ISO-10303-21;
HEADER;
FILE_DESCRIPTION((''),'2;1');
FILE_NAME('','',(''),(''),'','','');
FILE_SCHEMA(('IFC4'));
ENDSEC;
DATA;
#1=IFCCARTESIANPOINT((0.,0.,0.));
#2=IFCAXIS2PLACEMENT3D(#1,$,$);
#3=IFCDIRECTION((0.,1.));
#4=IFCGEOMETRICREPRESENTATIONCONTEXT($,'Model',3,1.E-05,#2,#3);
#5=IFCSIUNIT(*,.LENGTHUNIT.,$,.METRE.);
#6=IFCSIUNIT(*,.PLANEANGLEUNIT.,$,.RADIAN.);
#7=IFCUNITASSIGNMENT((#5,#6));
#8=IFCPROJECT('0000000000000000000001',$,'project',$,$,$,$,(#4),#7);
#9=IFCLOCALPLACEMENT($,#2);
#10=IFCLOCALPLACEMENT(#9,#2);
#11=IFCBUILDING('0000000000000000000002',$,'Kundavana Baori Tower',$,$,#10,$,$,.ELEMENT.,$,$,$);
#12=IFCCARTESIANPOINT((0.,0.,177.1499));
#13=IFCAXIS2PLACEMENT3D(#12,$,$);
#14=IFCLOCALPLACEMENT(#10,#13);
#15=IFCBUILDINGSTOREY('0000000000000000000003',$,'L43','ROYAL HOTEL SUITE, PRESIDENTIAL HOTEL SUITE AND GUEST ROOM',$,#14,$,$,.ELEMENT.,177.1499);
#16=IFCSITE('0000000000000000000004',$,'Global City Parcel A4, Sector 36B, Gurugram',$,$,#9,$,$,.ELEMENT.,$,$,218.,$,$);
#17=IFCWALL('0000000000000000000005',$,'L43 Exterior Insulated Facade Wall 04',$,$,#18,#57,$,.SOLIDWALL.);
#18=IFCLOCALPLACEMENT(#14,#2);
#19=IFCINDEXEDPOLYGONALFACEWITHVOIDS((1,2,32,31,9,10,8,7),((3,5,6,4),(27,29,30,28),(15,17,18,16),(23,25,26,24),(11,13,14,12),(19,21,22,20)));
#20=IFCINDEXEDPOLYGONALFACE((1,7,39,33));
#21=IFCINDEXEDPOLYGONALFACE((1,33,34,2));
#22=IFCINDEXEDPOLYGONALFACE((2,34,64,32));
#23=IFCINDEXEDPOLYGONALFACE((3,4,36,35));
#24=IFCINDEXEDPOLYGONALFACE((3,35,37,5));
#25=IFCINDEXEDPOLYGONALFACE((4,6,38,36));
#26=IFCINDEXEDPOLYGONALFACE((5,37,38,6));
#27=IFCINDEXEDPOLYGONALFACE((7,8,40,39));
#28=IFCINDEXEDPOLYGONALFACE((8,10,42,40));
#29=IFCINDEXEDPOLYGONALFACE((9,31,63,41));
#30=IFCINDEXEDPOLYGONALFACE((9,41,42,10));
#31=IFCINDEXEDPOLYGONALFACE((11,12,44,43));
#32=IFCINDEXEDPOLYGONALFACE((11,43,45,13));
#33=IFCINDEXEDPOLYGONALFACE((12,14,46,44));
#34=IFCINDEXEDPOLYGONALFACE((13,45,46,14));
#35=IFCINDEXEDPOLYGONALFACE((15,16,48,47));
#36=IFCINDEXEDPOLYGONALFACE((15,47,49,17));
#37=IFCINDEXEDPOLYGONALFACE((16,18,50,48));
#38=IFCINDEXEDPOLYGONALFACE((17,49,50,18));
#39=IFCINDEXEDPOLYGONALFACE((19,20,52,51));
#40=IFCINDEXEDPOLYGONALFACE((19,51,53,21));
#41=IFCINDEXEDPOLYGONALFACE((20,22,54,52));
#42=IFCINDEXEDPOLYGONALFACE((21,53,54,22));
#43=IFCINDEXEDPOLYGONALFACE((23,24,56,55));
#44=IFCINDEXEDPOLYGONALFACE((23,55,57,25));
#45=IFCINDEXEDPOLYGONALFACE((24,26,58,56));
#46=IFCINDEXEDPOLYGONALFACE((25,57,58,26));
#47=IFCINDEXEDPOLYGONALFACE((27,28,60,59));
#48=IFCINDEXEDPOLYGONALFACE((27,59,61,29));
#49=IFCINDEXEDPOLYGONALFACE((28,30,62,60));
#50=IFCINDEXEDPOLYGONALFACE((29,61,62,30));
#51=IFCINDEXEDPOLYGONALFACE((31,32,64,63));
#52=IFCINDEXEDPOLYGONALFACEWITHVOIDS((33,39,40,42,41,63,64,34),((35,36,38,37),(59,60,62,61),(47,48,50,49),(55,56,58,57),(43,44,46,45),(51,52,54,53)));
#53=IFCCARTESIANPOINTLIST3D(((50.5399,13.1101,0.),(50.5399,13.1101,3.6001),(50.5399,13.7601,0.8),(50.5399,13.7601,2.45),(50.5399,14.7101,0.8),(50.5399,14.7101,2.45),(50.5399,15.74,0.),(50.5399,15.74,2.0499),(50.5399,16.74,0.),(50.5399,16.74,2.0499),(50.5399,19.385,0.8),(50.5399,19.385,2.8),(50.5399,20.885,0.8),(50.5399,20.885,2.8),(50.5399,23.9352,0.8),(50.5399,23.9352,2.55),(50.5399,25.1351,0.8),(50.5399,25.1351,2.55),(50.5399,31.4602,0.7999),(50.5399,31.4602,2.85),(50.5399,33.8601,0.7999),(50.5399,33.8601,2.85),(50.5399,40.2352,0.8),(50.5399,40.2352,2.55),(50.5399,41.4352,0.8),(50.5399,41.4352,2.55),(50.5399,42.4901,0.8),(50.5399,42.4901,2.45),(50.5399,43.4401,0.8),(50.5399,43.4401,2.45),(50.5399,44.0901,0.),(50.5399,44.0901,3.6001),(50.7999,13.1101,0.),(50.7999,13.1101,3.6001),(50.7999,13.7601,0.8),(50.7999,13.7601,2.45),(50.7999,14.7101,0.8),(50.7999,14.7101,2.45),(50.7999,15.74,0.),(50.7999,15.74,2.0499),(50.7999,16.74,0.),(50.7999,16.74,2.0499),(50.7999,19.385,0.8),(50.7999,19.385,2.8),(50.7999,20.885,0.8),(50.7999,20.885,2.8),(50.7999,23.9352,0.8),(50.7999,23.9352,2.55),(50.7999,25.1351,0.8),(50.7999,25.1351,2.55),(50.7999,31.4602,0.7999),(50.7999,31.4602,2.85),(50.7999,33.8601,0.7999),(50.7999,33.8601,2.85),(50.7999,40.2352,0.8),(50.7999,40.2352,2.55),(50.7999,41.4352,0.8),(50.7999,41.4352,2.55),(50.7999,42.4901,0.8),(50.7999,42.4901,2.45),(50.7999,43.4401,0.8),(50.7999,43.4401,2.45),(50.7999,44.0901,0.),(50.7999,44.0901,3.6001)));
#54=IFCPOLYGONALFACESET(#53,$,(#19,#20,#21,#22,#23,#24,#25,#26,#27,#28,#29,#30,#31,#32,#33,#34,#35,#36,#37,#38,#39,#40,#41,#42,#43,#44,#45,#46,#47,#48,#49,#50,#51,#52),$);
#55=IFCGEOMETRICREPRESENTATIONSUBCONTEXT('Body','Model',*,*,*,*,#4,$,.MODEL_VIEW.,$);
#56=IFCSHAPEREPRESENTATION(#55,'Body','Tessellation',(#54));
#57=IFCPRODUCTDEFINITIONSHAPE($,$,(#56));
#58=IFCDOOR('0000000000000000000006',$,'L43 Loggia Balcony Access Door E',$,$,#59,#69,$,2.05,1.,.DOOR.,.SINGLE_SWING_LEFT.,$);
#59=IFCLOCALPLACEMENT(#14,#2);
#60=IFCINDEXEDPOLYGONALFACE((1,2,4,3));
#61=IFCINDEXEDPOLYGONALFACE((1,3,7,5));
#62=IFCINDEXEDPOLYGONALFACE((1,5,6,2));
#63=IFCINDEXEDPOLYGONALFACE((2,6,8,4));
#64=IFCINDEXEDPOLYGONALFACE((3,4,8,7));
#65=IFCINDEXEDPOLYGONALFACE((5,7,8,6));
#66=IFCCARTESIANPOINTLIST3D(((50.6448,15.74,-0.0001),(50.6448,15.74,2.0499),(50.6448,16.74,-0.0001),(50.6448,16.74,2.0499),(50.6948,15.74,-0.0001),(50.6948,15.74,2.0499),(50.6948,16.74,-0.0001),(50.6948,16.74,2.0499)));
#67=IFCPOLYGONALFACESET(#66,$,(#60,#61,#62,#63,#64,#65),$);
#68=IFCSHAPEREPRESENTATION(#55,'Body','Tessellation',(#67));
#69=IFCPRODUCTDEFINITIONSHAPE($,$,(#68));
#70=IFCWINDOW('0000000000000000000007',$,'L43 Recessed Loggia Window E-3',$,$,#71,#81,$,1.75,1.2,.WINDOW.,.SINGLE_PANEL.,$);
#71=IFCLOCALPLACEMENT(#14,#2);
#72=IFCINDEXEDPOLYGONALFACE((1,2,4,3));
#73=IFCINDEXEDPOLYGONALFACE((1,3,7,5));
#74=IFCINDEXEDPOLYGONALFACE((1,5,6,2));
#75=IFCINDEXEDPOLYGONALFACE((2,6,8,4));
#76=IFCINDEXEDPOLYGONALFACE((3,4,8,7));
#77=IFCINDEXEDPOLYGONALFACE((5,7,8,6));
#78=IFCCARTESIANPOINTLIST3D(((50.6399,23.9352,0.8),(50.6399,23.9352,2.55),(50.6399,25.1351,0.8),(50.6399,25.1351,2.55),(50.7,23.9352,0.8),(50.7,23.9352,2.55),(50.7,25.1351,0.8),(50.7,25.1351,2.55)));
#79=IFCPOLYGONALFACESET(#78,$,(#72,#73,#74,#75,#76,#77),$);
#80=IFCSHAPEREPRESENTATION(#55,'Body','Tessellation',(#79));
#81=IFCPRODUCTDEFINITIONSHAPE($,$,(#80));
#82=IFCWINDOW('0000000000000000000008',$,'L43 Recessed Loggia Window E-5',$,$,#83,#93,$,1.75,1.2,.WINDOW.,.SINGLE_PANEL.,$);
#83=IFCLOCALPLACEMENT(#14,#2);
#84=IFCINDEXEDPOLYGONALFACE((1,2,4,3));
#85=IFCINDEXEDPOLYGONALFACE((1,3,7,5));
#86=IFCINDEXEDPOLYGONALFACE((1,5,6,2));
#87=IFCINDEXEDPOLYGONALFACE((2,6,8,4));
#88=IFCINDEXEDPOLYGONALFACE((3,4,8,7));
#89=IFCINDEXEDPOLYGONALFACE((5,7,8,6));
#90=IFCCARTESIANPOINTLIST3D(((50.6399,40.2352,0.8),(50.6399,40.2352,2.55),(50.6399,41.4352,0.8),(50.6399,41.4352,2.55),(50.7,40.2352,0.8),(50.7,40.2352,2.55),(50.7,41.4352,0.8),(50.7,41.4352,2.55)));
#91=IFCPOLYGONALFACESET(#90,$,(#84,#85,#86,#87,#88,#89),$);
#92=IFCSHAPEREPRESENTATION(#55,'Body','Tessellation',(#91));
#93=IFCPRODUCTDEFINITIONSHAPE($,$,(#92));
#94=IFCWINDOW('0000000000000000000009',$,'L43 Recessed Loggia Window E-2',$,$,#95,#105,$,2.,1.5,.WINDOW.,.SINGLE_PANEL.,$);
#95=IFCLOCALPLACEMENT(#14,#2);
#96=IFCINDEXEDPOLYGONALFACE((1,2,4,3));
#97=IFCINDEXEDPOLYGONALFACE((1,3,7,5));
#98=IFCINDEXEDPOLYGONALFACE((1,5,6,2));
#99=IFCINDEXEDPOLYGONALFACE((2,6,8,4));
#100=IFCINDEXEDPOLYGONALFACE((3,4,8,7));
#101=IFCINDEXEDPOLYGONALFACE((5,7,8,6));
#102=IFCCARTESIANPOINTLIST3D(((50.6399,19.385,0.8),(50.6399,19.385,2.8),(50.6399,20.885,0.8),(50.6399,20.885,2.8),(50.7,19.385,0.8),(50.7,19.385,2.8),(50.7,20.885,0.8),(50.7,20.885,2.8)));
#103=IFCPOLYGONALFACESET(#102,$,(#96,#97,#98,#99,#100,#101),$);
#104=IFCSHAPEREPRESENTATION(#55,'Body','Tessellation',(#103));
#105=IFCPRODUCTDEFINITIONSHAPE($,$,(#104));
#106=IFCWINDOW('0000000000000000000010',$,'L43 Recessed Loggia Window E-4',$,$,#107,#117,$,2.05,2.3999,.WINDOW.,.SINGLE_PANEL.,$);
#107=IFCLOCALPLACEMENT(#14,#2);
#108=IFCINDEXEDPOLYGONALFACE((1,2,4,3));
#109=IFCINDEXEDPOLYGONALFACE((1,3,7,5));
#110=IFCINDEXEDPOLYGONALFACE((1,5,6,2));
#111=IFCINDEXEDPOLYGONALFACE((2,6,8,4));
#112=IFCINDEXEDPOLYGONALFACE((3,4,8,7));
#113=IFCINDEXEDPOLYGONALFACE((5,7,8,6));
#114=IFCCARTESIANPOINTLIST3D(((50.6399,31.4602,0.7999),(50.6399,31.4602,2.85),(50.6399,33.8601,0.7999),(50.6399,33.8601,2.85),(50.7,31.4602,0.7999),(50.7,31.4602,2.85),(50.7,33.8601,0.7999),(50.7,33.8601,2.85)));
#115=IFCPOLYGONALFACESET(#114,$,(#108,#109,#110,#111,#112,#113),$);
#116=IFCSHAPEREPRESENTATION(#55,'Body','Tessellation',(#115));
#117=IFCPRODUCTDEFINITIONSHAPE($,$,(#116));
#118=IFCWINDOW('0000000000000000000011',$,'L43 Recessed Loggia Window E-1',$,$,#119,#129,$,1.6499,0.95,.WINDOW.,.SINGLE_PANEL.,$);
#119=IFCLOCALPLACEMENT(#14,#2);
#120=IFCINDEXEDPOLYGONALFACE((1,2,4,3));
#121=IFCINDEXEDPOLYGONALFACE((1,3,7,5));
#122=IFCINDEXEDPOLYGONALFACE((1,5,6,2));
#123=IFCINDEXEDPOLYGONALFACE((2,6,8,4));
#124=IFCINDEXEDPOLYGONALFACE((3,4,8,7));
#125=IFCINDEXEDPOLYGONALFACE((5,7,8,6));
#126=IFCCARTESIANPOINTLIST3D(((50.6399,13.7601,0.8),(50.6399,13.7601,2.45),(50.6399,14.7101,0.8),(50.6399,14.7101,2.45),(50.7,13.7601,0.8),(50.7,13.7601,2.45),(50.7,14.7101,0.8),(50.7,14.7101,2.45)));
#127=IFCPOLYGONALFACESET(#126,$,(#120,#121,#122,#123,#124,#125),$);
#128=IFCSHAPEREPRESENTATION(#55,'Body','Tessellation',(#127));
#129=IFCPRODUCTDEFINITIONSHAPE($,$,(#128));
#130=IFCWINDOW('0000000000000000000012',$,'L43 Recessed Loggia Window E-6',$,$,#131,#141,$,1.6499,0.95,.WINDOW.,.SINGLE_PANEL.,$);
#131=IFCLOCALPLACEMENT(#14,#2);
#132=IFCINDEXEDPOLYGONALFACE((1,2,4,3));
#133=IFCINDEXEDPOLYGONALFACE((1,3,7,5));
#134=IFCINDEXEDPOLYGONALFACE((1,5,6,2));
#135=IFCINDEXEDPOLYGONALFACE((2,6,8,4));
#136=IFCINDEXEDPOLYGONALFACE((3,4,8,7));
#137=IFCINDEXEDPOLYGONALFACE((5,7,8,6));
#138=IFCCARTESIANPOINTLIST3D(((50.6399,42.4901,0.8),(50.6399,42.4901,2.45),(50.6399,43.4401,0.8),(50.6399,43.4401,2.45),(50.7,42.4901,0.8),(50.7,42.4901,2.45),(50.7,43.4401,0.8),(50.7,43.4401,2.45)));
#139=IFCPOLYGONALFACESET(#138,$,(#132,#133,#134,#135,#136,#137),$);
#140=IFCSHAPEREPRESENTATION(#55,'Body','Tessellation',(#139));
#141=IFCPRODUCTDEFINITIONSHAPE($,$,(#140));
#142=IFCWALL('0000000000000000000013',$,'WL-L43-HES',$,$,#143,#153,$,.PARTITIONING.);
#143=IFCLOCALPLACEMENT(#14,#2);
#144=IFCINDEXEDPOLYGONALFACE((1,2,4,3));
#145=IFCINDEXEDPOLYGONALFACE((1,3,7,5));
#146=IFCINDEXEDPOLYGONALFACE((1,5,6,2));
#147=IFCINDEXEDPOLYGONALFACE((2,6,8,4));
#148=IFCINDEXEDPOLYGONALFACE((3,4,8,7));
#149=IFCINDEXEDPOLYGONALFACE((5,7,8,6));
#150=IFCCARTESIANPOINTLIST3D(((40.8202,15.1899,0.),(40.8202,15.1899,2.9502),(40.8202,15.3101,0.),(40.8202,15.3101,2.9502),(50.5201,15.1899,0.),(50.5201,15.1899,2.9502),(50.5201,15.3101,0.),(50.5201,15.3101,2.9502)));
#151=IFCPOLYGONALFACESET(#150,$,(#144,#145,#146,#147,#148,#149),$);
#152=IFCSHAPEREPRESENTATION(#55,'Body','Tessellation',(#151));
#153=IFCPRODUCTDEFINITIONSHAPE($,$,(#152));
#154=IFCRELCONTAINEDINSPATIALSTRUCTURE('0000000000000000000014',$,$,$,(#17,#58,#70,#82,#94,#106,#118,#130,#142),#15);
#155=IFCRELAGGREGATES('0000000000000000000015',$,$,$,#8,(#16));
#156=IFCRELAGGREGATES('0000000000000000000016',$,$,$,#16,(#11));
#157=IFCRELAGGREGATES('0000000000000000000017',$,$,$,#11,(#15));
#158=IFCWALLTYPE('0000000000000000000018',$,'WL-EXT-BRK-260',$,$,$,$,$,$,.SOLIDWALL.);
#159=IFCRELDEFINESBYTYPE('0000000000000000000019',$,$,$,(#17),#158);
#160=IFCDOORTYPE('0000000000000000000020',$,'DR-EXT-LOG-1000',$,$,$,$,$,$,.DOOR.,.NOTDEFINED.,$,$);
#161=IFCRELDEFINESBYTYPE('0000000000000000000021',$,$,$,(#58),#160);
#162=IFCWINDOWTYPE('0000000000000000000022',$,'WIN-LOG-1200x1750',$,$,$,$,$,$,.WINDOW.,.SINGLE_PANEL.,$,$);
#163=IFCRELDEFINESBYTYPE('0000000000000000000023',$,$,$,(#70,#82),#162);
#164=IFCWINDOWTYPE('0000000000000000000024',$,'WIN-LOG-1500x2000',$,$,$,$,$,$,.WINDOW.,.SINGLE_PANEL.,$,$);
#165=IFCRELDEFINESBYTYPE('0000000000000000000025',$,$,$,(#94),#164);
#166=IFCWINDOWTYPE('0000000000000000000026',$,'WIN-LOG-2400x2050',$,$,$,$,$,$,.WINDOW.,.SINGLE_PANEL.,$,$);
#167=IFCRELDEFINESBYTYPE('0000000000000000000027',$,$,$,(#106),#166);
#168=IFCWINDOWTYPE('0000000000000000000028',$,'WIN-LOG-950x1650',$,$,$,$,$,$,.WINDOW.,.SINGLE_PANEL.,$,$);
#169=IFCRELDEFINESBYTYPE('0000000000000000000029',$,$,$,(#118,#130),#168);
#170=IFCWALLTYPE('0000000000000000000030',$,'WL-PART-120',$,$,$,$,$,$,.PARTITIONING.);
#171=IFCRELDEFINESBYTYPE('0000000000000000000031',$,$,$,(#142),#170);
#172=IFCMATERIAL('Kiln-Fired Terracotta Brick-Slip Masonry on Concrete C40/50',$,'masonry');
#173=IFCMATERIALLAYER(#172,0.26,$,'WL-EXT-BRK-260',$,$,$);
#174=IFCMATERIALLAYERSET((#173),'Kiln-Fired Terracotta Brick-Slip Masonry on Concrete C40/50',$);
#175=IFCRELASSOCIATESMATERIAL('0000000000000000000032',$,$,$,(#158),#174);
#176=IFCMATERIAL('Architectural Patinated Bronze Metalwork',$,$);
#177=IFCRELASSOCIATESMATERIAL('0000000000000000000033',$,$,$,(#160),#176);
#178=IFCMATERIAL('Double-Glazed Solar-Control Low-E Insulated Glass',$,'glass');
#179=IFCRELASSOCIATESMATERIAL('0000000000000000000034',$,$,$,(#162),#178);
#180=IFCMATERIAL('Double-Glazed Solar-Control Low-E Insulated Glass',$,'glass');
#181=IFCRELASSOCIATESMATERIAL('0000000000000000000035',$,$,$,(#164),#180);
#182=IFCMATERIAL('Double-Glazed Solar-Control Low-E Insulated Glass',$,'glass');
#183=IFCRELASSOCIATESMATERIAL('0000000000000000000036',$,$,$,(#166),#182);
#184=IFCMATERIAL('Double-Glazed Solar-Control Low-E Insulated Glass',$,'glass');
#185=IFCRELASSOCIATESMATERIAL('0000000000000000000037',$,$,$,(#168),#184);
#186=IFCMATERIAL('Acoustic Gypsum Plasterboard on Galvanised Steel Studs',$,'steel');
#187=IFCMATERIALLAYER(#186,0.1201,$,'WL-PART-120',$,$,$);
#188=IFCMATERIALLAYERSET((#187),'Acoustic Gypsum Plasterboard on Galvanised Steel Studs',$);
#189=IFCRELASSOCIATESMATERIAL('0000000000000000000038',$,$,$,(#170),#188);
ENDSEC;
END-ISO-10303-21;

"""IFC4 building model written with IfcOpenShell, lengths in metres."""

from ifc_helpers import new_model, si_unit, direction, frame, frame_2d, origin, place, context, subcontext, project, spatial, rectangle, extrude, material, layer, layer_set, type_object, element, fill, save


model = new_model("IFC4")

# Units and contexts
model_context = context("Model", 3, precision=1e-05, world=origin(), true_north=direction((0.0, 1.0)))
body_context = subcontext(model_context, "Body", "Model", "MODEL_VIEW")
ifc_project = project(units=[si_unit("LENGTHUNIT", "METRE"), si_unit("PLANEANGLEUNIT", "RADIAN")], contexts=[model_context])

# Site, building, storey
site_placement = place(None, origin())
site = spatial("IfcSite", under=ifc_project, at=site_placement, Name="Global City Parcel A4, Sector 36B, Gurugram", CompositionType="ELEMENT", RefElevation=218.0)
building_placement = place(site_placement, origin())
building = spatial("IfcBuilding", under=site, at=building_placement, Name="Kundavana Baori Tower", CompositionType="ELEMENT")
storey_placement = place(building_placement, frame((0.0, 0.0, 177.1499)))
storey = spatial("IfcBuildingStorey", under=building, at=storey_placement, Name="L43", Description="ROYAL HOTEL SUITE, PRESIDENTIAL HOTEL SUITE AND GUEST ROOM", CompositionType="ELEMENT", Elevation=177.1499)

# Shared definitions
ifc_material_1 = material(Name="Kiln-Fired Terracotta Brick-Slip Masonry on Concrete C40/50", Category="masonry")
ifc_layer_1 = layer(ifc_material_1, 0.26, Name="WL-EXT-BRK-260")
ifc_layer_set_1 = layer_set([ifc_layer_1], Name="Kiln-Fired Terracotta Brick-Slip Masonry on Concrete C40/50")
wall_type_1 = type_object("IfcWallType", Name="WL-EXT-BRK-260", PredefinedType="SOLIDWALL", material=ifc_layer_set_1)

# Wall, openings, door, windows
wall_1_placement = place(storey_placement, frame((50.6699, 13.1101, 0.0), z_axis=(0.0, 0.0, 1.0), x_axis=(0.0, 1.0, 0.0)))
wall_1 = element("IfcWall", 1, at=wall_1_placement, inside=storey, type_object=wall_type_1, Name="L43 Exterior Insulated Facade Wall 04", PredefinedType="SOLIDWALL", context=body_context, shape_type="SweptSolid", body=[
    extrude(rectangle(XDim=30.98, YDim=0.26, at=frame_2d((15.49, 0.0))), origin(), (0.0, 0.0, 1.0), 3.6001),
])
opening_1_placement = place(wall_1_placement, frame((0.6499, 0.0, 0.8)))
opening_1 = element("IfcOpeningElement", 2, at=opening_1_placement, cuts=wall_1, PredefinedType="OPENING", context=body_context, shape_type="SweptSolid", body=[
    extrude(rectangle(XDim=0.95, YDim=1.6499, at=frame_2d((0.4751, 0.825))), frame((0.0, 0.1401, 0.0), z_axis=(0.0, -1.0, 0.0), x_axis=(1.0, 0.0, 0.0)), (0.0, 0.0, 1.0), 0.28),
])
opening_2_placement = place(wall_1_placement, frame((2.6299, 0.0, 0.0)))
opening_2 = element("IfcOpeningElement", 3, at=opening_2_placement, cuts=wall_1, PredefinedType="OPENING", context=body_context, shape_type="SweptSolid", body=[
    extrude(rectangle(XDim=1.0, YDim=2.05, at=frame_2d((0.5, 1.0249))), frame((0.0, 0.1401, 0.0), z_axis=(0.0, -1.0, 0.0), x_axis=(1.0, 0.0, 0.0)), (0.0, 0.0, 1.0), 0.28),
])
opening_3_placement = place(wall_1_placement, frame((6.2749, 0.0, 0.8)))
opening_3 = element("IfcOpeningElement", 4, at=opening_3_placement, cuts=wall_1, PredefinedType="OPENING", context=body_context, shape_type="SweptSolid", body=[
    extrude(rectangle(XDim=1.5, YDim=2.0, at=frame_2d((0.75, 1.0))), frame((0.0, 0.1401, 0.0), z_axis=(0.0, -1.0, 0.0), x_axis=(1.0, 0.0, 0.0)), (0.0, 0.0, 1.0), 0.28),
])
opening_4_placement = place(wall_1_placement, frame((10.825, 0.0, 0.8)))
opening_4 = element("IfcOpeningElement", 5, at=opening_4_placement, cuts=wall_1, PredefinedType="OPENING", context=body_context, shape_type="SweptSolid", body=[
    extrude(rectangle(XDim=1.2, YDim=1.75, at=frame_2d((0.6001, 0.875))), frame((0.0, 0.1401, 0.0), z_axis=(0.0, -1.0, 0.0), x_axis=(1.0, 0.0, 0.0)), (0.0, 0.0, 1.0), 0.28),
])
opening_5_placement = place(wall_1_placement, frame((18.3501, 0.0, 0.8)))
opening_5 = element("IfcOpeningElement", 6, at=opening_5_placement, cuts=wall_1, PredefinedType="OPENING", context=body_context, shape_type="SweptSolid", body=[
    extrude(rectangle(XDim=2.3999, YDim=2.05, at=frame_2d((1.2, 1.0249))), frame((0.0, 0.1401, 0.0), z_axis=(0.0, -1.0, 0.0), x_axis=(1.0, 0.0, 0.0)), (0.0, 0.0, 1.0), 0.28),
])
opening_6_placement = place(wall_1_placement, frame((27.125, 0.0, 0.8)))
opening_6 = element("IfcOpeningElement", 7, at=opening_6_placement, cuts=wall_1, PredefinedType="OPENING", context=body_context, shape_type="SweptSolid", body=[
    extrude(rectangle(XDim=1.2, YDim=1.75, at=frame_2d((0.6001, 0.875))), frame((0.0, 0.1401, 0.0), z_axis=(0.0, -1.0, 0.0), x_axis=(1.0, 0.0, 0.0)), (0.0, 0.0, 1.0), 0.28),
])
opening_7_placement = place(wall_1_placement, frame((29.3799, 0.0, 0.8)))
opening_7 = element("IfcOpeningElement", 8, at=opening_7_placement, cuts=wall_1, PredefinedType="OPENING", context=body_context, shape_type="SweptSolid", body=[
    extrude(rectangle(XDim=0.95, YDim=1.6499, at=frame_2d((0.4751, 0.825))), frame((0.0, 0.1401, 0.0), z_axis=(0.0, -1.0, 0.0), x_axis=(1.0, 0.0, 0.0)), (0.0, 0.0, 1.0), 0.28),
])
ifc_material_2 = material(Name="Architectural Patinated Bronze Metalwork")
door_type_1 = type_object("IfcDoorType", Name="DR-EXT-LOG-1000", OperationType="NOTDEFINED", PredefinedType="DOOR", material=ifc_material_2)
door_1_placement = place(opening_2_placement, frame((1.0, 0.0, 0.0), z_axis=(0.0, 0.0, 1.0), x_axis=(-1.0, 0.0, 0.0)))
door_1 = element("IfcDoor", 9, at=door_1_placement, inside=storey, type_object=door_type_1, Name="L43 Loggia Balcony Access Door E", OperationType="SINGLE_SWING_LEFT", OverallHeight=2.05, OverallWidth=1.0, PredefinedType="DOOR", context=body_context, shape_type="SweptSolid", body=[
    extrude(rectangle(XDim=1.0, YDim=2.05, at=frame_2d((0.5, 1.0249))), frame((0.0, 0.0249, 0.0), z_axis=(0.0, -1.0, 0.0), x_axis=(1.0, 0.0, 0.0)), (0.0, 0.0, 1.0), 0.05),
])
fill(opening_2, door_1)
ifc_material_3 = material(Name="Double-Glazed Solar-Control Low-E Insulated Glass", Category="glass")
window_type_1 = type_object("IfcWindowType", Name="WIN-LOG-1200x1750", PartitioningType="SINGLE_PANEL", PredefinedType="WINDOW", material=ifc_material_3)
window_1_placement = place(opening_4_placement, origin())
window_1 = element("IfcWindow", 10, at=window_1_placement, inside=storey, type_object=window_type_1, Name="L43 Recessed Loggia Window E-3", OverallHeight=1.75, OverallWidth=1.2, PartitioningType="SINGLE_PANEL", PredefinedType="WINDOW", context=body_context, shape_type="SweptSolid", body=[
    extrude(rectangle(XDim=1.2, YDim=1.75, at=frame_2d((0.6001, 0.875))), frame((0.0, 0.03, 0.0), z_axis=(0.0, -1.0, 0.0), x_axis=(1.0, 0.0, 0.0)), (0.0, 0.0, 1.0), 0.0601),
])
fill(opening_4, window_1)
window_2_placement = place(opening_6_placement, origin())
window_2 = element("IfcWindow", 11, at=window_2_placement, inside=storey, type_object=window_type_1, Name="L43 Recessed Loggia Window E-5", OverallHeight=1.75, OverallWidth=1.2, PartitioningType="SINGLE_PANEL", PredefinedType="WINDOW", context=body_context, shape_type="SweptSolid", body=[
    extrude(rectangle(XDim=1.2, YDim=1.75, at=frame_2d((0.6001, 0.875))), frame((0.0, 0.03, 0.0), z_axis=(0.0, -1.0, 0.0), x_axis=(1.0, 0.0, 0.0)), (0.0, 0.0, 1.0), 0.0601),
])
fill(opening_6, window_2)
ifc_material_4 = material(Name="Double-Glazed Solar-Control Low-E Insulated Glass", Category="glass")
window_type_2 = type_object("IfcWindowType", Name="WIN-LOG-1500x2000", PartitioningType="SINGLE_PANEL", PredefinedType="WINDOW", material=ifc_material_4)
window_3_placement = place(opening_3_placement, origin())
window_3 = element("IfcWindow", 12, at=window_3_placement, inside=storey, type_object=window_type_2, Name="L43 Recessed Loggia Window E-2", OverallHeight=2.0, OverallWidth=1.5, PartitioningType="SINGLE_PANEL", PredefinedType="WINDOW", context=body_context, shape_type="SweptSolid", body=[
    extrude(rectangle(XDim=1.5, YDim=2.0, at=frame_2d((0.75, 1.0))), frame((0.0, 0.03, 0.0), z_axis=(0.0, -1.0, 0.0), x_axis=(1.0, 0.0, 0.0)), (0.0, 0.0, 1.0), 0.0601),
])
fill(opening_3, window_3)
ifc_material_5 = material(Name="Double-Glazed Solar-Control Low-E Insulated Glass", Category="glass")
window_type_3 = type_object("IfcWindowType", Name="WIN-LOG-2400x2050", PartitioningType="SINGLE_PANEL", PredefinedType="WINDOW", material=ifc_material_5)
window_4_placement = place(opening_5_placement, origin())
window_4 = element("IfcWindow", 13, at=window_4_placement, inside=storey, type_object=window_type_3, Name="L43 Recessed Loggia Window E-4", OverallHeight=2.05, OverallWidth=2.3999, PartitioningType="SINGLE_PANEL", PredefinedType="WINDOW", context=body_context, shape_type="SweptSolid", body=[
    extrude(rectangle(XDim=2.3999, YDim=2.05, at=frame_2d((1.2, 1.0249))), frame((0.0, 0.03, 0.0), z_axis=(0.0, -1.0, 0.0), x_axis=(1.0, 0.0, 0.0)), (0.0, 0.0, 1.0), 0.0601),
])
fill(opening_5, window_4)
ifc_material_6 = material(Name="Double-Glazed Solar-Control Low-E Insulated Glass", Category="glass")
window_type_4 = type_object("IfcWindowType", Name="WIN-LOG-950x1650", PartitioningType="SINGLE_PANEL", PredefinedType="WINDOW", material=ifc_material_6)
window_5_placement = place(opening_1_placement, origin())
window_5 = element("IfcWindow", 14, at=window_5_placement, inside=storey, type_object=window_type_4, Name="L43 Recessed Loggia Window E-1", OverallHeight=1.6499, OverallWidth=0.95, PartitioningType="SINGLE_PANEL", PredefinedType="WINDOW", context=body_context, shape_type="SweptSolid", body=[
    extrude(rectangle(XDim=0.95, YDim=1.6499, at=frame_2d((0.4751, 0.825))), frame((0.0, 0.03, 0.0), z_axis=(0.0, -1.0, 0.0), x_axis=(1.0, 0.0, 0.0)), (0.0, 0.0, 1.0), 0.0601),
])
fill(opening_1, window_5)
window_6_placement = place(opening_7_placement, origin())
window_6 = element("IfcWindow", 15, at=window_6_placement, inside=storey, type_object=window_type_4, Name="L43 Recessed Loggia Window E-6", OverallHeight=1.6499, OverallWidth=0.95, PartitioningType="SINGLE_PANEL", PredefinedType="WINDOW", context=body_context, shape_type="SweptSolid", body=[
    extrude(rectangle(XDim=0.95, YDim=1.6499, at=frame_2d((0.4751, 0.825))), frame((0.0, 0.03, 0.0), z_axis=(0.0, -1.0, 0.0), x_axis=(1.0, 0.0, 0.0)), (0.0, 0.0, 1.0), 0.0601),
])
fill(opening_7, window_6)

# Wall
ifc_material_7 = material(Name="Acoustic Gypsum Plasterboard on Galvanised Steel Studs", Category="steel")
ifc_layer_2 = layer(ifc_material_7, 0.1201, Name="WL-PART-120")
ifc_layer_set_2 = layer_set([ifc_layer_2], Name="Acoustic Gypsum Plasterboard on Galvanised Steel Studs")
wall_type_2 = type_object("IfcWallType", Name="WL-PART-120", PredefinedType="PARTITIONING", material=ifc_layer_set_2)
wall_2_placement = place(storey_placement, frame((40.8201, 15.25, 0.0), z_axis=(0.0, 0.0, 1.0), x_axis=(1.0, 0.0, 0.0)))
element("IfcWall", 16, at=wall_2_placement, inside=storey, type_object=wall_type_2, Name="WL-L43-HES", PredefinedType="PARTITIONING", context=body_context, shape_type="SweptSolid", body=[
    extrude(rectangle(XDim=9.7, YDim=0.1201, at=frame_2d((4.8501, 0.0))), origin(), (0.0, 0.0, 1.0), 2.9502),
])

save(model, "model.ifc")
